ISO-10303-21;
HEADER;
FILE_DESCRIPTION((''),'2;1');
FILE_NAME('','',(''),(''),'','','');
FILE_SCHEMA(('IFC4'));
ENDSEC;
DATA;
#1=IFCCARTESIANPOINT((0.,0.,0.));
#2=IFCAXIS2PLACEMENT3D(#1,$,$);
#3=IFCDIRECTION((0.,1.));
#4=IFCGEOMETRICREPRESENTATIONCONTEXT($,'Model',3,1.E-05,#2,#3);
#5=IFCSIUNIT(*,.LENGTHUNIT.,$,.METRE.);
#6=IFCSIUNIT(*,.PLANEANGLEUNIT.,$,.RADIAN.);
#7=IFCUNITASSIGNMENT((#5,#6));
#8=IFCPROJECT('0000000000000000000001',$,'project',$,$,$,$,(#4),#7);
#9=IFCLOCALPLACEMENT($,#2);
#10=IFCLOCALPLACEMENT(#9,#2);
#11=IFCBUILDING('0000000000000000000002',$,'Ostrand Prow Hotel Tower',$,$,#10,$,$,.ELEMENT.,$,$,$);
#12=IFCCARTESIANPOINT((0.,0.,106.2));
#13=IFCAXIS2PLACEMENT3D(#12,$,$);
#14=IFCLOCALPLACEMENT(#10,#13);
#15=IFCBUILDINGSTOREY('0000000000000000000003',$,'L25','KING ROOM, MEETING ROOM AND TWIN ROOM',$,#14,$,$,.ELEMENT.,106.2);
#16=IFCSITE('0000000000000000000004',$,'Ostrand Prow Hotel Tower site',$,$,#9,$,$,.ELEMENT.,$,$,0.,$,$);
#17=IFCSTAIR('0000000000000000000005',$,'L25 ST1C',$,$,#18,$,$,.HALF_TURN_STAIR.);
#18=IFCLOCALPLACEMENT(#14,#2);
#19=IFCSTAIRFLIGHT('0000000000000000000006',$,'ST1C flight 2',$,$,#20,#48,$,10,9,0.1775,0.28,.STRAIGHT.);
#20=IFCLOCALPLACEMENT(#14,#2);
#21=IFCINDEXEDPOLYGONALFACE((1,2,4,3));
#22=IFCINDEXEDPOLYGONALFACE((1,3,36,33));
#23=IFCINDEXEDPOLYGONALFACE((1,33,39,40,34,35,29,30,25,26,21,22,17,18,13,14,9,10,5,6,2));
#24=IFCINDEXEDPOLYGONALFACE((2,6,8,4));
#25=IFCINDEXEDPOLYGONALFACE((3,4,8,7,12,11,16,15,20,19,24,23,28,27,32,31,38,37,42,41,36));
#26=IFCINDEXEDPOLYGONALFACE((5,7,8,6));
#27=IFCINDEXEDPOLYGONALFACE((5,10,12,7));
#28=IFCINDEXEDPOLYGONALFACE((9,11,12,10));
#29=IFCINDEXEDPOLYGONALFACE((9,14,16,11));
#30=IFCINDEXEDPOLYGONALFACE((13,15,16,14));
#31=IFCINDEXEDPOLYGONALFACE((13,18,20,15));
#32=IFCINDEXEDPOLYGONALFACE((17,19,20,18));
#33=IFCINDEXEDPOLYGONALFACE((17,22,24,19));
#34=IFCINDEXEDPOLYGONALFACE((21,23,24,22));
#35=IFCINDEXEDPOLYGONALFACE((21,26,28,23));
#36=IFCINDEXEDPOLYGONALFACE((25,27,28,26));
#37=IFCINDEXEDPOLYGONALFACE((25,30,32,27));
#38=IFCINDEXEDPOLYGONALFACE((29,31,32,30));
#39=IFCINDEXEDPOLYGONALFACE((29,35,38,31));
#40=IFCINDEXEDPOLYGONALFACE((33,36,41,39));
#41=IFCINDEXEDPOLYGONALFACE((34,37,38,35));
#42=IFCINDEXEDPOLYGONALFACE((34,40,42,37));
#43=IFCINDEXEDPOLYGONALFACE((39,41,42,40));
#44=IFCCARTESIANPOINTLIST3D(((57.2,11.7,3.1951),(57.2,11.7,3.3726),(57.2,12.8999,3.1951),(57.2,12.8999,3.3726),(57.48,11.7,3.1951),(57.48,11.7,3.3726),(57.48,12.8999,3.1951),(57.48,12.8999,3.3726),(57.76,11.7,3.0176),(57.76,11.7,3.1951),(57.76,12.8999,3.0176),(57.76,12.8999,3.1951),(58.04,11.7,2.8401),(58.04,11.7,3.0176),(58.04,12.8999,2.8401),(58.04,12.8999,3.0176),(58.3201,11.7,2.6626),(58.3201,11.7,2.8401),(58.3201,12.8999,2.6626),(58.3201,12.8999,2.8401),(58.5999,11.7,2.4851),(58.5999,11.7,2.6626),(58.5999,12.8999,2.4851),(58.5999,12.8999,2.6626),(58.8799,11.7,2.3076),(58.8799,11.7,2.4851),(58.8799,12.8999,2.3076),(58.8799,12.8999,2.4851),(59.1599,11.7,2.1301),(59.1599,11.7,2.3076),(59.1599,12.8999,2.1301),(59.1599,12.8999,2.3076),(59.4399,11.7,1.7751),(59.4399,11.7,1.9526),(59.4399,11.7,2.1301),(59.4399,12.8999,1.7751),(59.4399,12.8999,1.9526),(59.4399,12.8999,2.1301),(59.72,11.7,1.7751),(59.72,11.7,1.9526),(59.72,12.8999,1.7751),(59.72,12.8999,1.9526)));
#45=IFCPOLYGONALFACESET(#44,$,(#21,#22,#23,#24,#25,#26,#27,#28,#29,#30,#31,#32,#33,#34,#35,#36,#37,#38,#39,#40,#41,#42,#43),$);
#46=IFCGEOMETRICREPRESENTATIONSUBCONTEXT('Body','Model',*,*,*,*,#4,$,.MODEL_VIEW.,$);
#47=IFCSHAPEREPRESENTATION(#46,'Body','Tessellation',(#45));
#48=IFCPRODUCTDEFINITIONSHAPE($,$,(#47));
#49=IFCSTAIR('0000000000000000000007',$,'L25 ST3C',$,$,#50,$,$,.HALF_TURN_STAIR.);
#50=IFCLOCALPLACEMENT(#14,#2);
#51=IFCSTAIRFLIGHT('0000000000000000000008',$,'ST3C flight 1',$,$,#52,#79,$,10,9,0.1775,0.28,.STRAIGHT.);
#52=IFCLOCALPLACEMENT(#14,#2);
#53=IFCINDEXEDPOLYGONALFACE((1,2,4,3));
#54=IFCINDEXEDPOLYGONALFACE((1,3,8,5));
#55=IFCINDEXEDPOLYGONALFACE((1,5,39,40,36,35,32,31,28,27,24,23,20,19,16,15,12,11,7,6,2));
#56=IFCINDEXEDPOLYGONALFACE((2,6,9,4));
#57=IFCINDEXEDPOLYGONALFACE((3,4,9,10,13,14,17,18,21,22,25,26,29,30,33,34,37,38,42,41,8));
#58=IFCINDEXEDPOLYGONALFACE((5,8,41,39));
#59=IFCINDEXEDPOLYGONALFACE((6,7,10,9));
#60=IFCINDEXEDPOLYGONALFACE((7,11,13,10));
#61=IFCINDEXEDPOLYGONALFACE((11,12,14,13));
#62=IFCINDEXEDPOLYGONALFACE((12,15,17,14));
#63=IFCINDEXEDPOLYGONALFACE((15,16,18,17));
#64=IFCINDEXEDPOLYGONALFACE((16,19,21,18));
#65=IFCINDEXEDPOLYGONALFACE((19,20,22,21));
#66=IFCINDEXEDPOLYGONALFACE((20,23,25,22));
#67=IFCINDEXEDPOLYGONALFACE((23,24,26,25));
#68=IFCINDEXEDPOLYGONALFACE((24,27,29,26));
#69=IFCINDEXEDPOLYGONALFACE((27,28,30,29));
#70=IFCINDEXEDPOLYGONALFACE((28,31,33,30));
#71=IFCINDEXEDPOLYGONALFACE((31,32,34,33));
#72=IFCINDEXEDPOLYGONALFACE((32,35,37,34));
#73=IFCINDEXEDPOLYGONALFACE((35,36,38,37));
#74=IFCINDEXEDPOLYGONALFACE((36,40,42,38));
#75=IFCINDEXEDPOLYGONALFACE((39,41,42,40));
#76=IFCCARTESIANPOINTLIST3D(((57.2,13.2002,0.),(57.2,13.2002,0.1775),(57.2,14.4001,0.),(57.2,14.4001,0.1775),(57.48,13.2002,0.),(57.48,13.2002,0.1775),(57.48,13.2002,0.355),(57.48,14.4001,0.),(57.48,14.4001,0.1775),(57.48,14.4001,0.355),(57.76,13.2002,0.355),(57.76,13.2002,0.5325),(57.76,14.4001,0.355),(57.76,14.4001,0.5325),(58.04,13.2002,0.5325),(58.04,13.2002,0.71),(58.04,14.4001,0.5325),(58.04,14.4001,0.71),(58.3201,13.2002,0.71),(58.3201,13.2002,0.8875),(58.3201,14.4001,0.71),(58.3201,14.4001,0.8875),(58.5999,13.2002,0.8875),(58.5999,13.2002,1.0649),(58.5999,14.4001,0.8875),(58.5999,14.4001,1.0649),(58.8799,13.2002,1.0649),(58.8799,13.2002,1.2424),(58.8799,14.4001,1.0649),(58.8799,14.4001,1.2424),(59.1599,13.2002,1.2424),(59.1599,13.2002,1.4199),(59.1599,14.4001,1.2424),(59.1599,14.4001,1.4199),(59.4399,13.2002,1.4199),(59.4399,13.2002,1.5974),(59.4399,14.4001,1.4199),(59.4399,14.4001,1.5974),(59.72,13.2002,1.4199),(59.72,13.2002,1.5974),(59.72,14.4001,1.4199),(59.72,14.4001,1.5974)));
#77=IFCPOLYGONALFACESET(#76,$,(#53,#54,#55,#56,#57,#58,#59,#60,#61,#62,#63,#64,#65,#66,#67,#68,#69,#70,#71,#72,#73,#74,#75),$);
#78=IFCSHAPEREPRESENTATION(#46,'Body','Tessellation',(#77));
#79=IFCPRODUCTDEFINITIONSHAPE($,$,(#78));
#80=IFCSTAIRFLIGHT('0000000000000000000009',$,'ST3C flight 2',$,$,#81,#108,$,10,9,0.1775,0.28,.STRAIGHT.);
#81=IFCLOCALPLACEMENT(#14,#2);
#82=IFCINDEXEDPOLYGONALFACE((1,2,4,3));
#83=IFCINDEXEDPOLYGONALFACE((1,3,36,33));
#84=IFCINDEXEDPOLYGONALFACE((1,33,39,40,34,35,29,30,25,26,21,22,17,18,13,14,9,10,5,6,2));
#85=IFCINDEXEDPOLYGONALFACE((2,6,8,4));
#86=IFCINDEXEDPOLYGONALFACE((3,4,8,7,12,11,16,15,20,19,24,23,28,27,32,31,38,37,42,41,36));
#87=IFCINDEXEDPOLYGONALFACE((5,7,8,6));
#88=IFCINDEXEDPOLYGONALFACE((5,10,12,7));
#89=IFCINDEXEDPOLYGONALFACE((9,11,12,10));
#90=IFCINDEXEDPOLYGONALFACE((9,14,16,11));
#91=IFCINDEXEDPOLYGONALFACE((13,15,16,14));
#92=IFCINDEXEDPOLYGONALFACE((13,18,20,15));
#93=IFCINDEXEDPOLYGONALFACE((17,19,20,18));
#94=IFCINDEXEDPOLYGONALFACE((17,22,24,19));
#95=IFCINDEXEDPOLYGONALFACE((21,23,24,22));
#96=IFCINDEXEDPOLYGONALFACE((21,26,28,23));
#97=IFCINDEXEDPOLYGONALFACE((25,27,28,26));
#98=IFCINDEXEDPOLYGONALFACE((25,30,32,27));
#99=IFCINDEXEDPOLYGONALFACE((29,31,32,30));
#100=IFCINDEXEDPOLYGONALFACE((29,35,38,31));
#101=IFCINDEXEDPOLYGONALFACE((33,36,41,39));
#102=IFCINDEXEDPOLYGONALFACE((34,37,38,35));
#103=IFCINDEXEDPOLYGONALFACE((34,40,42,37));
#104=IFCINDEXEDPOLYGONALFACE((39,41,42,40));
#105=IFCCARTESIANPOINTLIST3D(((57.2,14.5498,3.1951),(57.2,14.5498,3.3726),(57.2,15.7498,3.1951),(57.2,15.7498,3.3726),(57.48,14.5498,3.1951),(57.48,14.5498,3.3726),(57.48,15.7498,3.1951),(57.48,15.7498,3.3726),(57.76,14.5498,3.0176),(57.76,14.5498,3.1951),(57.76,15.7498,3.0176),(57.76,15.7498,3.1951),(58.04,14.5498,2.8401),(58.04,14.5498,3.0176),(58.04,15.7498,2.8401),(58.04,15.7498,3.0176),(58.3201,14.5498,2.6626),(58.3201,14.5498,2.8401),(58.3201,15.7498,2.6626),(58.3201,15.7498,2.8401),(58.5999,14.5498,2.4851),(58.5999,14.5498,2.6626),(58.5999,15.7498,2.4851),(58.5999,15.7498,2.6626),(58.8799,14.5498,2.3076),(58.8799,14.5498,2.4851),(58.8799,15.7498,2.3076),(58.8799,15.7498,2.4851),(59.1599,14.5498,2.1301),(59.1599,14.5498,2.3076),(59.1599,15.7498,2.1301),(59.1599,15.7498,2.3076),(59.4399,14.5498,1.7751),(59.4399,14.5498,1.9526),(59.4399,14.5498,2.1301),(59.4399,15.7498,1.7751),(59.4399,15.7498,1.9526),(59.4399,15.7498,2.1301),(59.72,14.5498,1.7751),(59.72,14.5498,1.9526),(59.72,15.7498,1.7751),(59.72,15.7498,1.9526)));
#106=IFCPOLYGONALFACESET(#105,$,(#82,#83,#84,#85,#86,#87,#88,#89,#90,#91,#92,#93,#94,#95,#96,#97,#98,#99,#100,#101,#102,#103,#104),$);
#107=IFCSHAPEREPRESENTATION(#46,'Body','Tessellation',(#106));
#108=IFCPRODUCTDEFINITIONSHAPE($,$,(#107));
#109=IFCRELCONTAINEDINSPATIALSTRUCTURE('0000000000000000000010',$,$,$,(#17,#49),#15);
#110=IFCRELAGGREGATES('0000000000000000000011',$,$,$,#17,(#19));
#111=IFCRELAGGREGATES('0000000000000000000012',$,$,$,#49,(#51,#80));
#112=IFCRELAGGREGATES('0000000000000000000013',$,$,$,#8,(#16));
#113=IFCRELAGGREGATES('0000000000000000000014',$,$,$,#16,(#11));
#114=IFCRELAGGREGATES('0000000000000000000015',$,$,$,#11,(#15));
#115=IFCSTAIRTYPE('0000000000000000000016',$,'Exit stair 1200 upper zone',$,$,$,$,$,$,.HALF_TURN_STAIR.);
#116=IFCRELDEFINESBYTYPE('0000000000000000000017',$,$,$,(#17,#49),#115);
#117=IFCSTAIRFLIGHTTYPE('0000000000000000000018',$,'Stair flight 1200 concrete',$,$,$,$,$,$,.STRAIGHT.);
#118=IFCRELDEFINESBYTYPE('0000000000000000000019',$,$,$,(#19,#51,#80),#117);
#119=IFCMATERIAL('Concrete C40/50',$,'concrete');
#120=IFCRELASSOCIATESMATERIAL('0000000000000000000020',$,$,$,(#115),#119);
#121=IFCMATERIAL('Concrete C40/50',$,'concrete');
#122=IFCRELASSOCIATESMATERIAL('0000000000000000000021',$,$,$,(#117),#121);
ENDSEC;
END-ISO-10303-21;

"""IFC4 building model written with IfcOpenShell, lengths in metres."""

from ifc_helpers import new_model, si_unit, direction, frame, origin, place, context, subcontext, project, spatial, polyline, outline, extrude, material, type_object, element, aggregate, save


model = new_model("IFC4")

# Units and contexts
model_context = context("Model", 3, precision=1e-05, world=origin(), true_north=direction((0.0, 1.0)))
body_context = subcontext(model_context, "Body", "Model", "MODEL_VIEW")
ifc_project = project(units=[si_unit("LENGTHUNIT", "METRE"), si_unit("PLANEANGLEUNIT", "RADIAN")], contexts=[model_context])

# Site, building, storey
site_placement = place(None, origin())
site = spatial("IfcSite", under=ifc_project, at=site_placement, Name="Ostrand Prow Hotel Tower site", CompositionType="ELEMENT", RefElevation=0.0)
building_placement = place(site_placement, origin())
building = spatial("IfcBuilding", under=site, at=building_placement, Name="Ostrand Prow Hotel Tower", CompositionType="ELEMENT")
storey_placement = place(building_placement, frame((0.0, 0.0, 106.2)))
storey = spatial("IfcBuildingStorey", under=building, at=storey_placement, Name="L25", Description="KING ROOM, MEETING ROOM AND TWIN ROOM", CompositionType="ELEMENT", Elevation=106.2)

# Stair, stair flight
ifc_material_1 = material(Name="Concrete C40/50", Category="concrete")
stair_type = type_object("IfcStairType", Name="Exit stair 1200 upper zone", PredefinedType="HALF_TURN_STAIR", material=ifc_material_1)
stair_1_placement = place(storey_placement, origin())
stair_1 = element("IfcStair", 1, at=stair_1_placement, inside=storey, type_object=stair_type, Name="L25 ST1C", PredefinedType="HALF_TURN_STAIR")
ifc_material_2 = material(Name="Concrete C40/50", Category="concrete")
stair_flight_type = type_object("IfcStairFlightType", Name="Stair flight 1200 concrete", PredefinedType="STRAIGHT", material=ifc_material_2)
stair_flight_1_placement = place(storey_placement, frame((59.72, 12.3, 1.7751), z_axis=(0.0, 0.0, 1.0), x_axis=(-1.0, 0.0, 0.0)))
stair_flight_1 = element("IfcStairFlight", 2, at=stair_flight_1_placement, type_object=stair_flight_type, Name="ST1C flight 2", NumberOfRisers=10, NumberOfTreads=9, PredefinedType="STRAIGHT", RiserHeight=0.1775, TreadLength=0.28, context=body_context, shape_type="SweptSolid", body=[
    extrude(outline(polyline([(0.0, 0.0), (0.0, 0.1775), (0.28, 0.1775), (0.28, 0.355), (0.5601, 0.355), (0.5601, 0.5325), (0.8401, 0.5325), (0.8401, 0.71), (1.1201, 0.71), (1.1201, 0.8875), (1.3999, 0.8875), (1.3999, 1.0649), (1.6799, 1.0649), (1.6799, 1.2424), (1.96, 1.2424), (1.96, 1.4199), (2.24, 1.4199), (2.24, 1.5974), (2.52, 1.5974), (2.52, 1.7749), (2.52, 1.4199), (0.28, 0.0), (0.0, 0.0)])), frame((0.0, 0.6001, 0.0), z_axis=(0.0, -1.0, 0.0), x_axis=(1.0, 0.0, 0.0)), (0.0, 0.0, 1.0), 1.2),
])
aggregate(stair_1, [stair_flight_1])

# Stair, stair flights
stair_2_placement = place(storey_placement, origin())
stair_2 = element("IfcStair", 3, at=stair_2_placement, inside=storey, type_object=stair_type, Name="L25 ST3C", PredefinedType="HALF_TURN_STAIR")
stair_flight_2_placement = place(storey_placement, frame((57.2, 13.8, 0.0), z_axis=(0.0, 0.0, 1.0), x_axis=(1.0, 0.0, 0.0)))
stair_flight_2 = element("IfcStairFlight", 4, at=stair_flight_2_placement, type_object=stair_flight_type, Name="ST3C flight 1", NumberOfRisers=10, NumberOfTreads=9, PredefinedType="STRAIGHT", RiserHeight=0.1775, TreadLength=0.28, context=body_context, shape_type="SweptSolid", body=[
    extrude(outline(polyline([(0.0, 0.0), (0.0, 0.1775), (0.28, 0.1775), (0.28, 0.355), (0.5601, 0.355), (0.5601, 0.5325), (0.8401, 0.5325), (0.8401, 0.71), (1.1201, 0.71), (1.1201, 0.8875), (1.3999, 0.8875), (1.3999, 1.0649), (1.6799, 1.0649), (1.6799, 1.2424), (1.96, 1.2424), (1.96, 1.4199), (2.24, 1.4199), (2.24, 1.5974), (2.52, 1.5974), (2.52, 1.7749), (2.52, 1.4199), (0.28, 0.0), (0.0, 0.0)])), frame((0.0, 0.6001, 0.0), z_axis=(0.0, -1.0, 0.0), x_axis=(1.0, 0.0, 0.0)), (0.0, 0.0, 1.0), 1.2),
])
stair_flight_3_placement = place(storey_placement, frame((59.72, 15.1499, 1.7751), z_axis=(0.0, 0.0, 1.0), x_axis=(-1.0, 0.0, 0.0)))
stair_flight_3 = element("IfcStairFlight", 5, at=stair_flight_3_placement, type_object=stair_flight_type, Name="ST3C flight 2", NumberOfRisers=10, NumberOfTreads=9, PredefinedType="STRAIGHT", RiserHeight=0.1775, TreadLength=0.28, context=body_context, shape_type="SweptSolid", body=[
    extrude(outline(polyline([(0.0, 0.0), (0.0, 0.1775), (0.28, 0.1775), (0.28, 0.355), (0.5601, 0.355), (0.5601, 0.5325), (0.8401, 0.5325), (0.8401, 0.71), (1.1201, 0.71), (1.1201, 0.8875), (1.3999, 0.8875), (1.3999, 1.0649), (1.6799, 1.0649), (1.6799, 1.2424), (1.96, 1.2424), (1.96, 1.4199), (2.24, 1.4199), (2.24, 1.5974), (2.52, 1.5974), (2.52, 1.7749), (2.52, 1.4199), (0.28, 0.0), (0.0, 0.0)])), frame((0.0, 0.6001, 0.0), z_axis=(0.0, -1.0, 0.0), x_axis=(1.0, 0.0, 0.0)), (0.0, 0.0, 1.0), 1.2),
])
aggregate(stair_2, [stair_flight_2, stair_flight_3])

save(model, "model.ifc")
